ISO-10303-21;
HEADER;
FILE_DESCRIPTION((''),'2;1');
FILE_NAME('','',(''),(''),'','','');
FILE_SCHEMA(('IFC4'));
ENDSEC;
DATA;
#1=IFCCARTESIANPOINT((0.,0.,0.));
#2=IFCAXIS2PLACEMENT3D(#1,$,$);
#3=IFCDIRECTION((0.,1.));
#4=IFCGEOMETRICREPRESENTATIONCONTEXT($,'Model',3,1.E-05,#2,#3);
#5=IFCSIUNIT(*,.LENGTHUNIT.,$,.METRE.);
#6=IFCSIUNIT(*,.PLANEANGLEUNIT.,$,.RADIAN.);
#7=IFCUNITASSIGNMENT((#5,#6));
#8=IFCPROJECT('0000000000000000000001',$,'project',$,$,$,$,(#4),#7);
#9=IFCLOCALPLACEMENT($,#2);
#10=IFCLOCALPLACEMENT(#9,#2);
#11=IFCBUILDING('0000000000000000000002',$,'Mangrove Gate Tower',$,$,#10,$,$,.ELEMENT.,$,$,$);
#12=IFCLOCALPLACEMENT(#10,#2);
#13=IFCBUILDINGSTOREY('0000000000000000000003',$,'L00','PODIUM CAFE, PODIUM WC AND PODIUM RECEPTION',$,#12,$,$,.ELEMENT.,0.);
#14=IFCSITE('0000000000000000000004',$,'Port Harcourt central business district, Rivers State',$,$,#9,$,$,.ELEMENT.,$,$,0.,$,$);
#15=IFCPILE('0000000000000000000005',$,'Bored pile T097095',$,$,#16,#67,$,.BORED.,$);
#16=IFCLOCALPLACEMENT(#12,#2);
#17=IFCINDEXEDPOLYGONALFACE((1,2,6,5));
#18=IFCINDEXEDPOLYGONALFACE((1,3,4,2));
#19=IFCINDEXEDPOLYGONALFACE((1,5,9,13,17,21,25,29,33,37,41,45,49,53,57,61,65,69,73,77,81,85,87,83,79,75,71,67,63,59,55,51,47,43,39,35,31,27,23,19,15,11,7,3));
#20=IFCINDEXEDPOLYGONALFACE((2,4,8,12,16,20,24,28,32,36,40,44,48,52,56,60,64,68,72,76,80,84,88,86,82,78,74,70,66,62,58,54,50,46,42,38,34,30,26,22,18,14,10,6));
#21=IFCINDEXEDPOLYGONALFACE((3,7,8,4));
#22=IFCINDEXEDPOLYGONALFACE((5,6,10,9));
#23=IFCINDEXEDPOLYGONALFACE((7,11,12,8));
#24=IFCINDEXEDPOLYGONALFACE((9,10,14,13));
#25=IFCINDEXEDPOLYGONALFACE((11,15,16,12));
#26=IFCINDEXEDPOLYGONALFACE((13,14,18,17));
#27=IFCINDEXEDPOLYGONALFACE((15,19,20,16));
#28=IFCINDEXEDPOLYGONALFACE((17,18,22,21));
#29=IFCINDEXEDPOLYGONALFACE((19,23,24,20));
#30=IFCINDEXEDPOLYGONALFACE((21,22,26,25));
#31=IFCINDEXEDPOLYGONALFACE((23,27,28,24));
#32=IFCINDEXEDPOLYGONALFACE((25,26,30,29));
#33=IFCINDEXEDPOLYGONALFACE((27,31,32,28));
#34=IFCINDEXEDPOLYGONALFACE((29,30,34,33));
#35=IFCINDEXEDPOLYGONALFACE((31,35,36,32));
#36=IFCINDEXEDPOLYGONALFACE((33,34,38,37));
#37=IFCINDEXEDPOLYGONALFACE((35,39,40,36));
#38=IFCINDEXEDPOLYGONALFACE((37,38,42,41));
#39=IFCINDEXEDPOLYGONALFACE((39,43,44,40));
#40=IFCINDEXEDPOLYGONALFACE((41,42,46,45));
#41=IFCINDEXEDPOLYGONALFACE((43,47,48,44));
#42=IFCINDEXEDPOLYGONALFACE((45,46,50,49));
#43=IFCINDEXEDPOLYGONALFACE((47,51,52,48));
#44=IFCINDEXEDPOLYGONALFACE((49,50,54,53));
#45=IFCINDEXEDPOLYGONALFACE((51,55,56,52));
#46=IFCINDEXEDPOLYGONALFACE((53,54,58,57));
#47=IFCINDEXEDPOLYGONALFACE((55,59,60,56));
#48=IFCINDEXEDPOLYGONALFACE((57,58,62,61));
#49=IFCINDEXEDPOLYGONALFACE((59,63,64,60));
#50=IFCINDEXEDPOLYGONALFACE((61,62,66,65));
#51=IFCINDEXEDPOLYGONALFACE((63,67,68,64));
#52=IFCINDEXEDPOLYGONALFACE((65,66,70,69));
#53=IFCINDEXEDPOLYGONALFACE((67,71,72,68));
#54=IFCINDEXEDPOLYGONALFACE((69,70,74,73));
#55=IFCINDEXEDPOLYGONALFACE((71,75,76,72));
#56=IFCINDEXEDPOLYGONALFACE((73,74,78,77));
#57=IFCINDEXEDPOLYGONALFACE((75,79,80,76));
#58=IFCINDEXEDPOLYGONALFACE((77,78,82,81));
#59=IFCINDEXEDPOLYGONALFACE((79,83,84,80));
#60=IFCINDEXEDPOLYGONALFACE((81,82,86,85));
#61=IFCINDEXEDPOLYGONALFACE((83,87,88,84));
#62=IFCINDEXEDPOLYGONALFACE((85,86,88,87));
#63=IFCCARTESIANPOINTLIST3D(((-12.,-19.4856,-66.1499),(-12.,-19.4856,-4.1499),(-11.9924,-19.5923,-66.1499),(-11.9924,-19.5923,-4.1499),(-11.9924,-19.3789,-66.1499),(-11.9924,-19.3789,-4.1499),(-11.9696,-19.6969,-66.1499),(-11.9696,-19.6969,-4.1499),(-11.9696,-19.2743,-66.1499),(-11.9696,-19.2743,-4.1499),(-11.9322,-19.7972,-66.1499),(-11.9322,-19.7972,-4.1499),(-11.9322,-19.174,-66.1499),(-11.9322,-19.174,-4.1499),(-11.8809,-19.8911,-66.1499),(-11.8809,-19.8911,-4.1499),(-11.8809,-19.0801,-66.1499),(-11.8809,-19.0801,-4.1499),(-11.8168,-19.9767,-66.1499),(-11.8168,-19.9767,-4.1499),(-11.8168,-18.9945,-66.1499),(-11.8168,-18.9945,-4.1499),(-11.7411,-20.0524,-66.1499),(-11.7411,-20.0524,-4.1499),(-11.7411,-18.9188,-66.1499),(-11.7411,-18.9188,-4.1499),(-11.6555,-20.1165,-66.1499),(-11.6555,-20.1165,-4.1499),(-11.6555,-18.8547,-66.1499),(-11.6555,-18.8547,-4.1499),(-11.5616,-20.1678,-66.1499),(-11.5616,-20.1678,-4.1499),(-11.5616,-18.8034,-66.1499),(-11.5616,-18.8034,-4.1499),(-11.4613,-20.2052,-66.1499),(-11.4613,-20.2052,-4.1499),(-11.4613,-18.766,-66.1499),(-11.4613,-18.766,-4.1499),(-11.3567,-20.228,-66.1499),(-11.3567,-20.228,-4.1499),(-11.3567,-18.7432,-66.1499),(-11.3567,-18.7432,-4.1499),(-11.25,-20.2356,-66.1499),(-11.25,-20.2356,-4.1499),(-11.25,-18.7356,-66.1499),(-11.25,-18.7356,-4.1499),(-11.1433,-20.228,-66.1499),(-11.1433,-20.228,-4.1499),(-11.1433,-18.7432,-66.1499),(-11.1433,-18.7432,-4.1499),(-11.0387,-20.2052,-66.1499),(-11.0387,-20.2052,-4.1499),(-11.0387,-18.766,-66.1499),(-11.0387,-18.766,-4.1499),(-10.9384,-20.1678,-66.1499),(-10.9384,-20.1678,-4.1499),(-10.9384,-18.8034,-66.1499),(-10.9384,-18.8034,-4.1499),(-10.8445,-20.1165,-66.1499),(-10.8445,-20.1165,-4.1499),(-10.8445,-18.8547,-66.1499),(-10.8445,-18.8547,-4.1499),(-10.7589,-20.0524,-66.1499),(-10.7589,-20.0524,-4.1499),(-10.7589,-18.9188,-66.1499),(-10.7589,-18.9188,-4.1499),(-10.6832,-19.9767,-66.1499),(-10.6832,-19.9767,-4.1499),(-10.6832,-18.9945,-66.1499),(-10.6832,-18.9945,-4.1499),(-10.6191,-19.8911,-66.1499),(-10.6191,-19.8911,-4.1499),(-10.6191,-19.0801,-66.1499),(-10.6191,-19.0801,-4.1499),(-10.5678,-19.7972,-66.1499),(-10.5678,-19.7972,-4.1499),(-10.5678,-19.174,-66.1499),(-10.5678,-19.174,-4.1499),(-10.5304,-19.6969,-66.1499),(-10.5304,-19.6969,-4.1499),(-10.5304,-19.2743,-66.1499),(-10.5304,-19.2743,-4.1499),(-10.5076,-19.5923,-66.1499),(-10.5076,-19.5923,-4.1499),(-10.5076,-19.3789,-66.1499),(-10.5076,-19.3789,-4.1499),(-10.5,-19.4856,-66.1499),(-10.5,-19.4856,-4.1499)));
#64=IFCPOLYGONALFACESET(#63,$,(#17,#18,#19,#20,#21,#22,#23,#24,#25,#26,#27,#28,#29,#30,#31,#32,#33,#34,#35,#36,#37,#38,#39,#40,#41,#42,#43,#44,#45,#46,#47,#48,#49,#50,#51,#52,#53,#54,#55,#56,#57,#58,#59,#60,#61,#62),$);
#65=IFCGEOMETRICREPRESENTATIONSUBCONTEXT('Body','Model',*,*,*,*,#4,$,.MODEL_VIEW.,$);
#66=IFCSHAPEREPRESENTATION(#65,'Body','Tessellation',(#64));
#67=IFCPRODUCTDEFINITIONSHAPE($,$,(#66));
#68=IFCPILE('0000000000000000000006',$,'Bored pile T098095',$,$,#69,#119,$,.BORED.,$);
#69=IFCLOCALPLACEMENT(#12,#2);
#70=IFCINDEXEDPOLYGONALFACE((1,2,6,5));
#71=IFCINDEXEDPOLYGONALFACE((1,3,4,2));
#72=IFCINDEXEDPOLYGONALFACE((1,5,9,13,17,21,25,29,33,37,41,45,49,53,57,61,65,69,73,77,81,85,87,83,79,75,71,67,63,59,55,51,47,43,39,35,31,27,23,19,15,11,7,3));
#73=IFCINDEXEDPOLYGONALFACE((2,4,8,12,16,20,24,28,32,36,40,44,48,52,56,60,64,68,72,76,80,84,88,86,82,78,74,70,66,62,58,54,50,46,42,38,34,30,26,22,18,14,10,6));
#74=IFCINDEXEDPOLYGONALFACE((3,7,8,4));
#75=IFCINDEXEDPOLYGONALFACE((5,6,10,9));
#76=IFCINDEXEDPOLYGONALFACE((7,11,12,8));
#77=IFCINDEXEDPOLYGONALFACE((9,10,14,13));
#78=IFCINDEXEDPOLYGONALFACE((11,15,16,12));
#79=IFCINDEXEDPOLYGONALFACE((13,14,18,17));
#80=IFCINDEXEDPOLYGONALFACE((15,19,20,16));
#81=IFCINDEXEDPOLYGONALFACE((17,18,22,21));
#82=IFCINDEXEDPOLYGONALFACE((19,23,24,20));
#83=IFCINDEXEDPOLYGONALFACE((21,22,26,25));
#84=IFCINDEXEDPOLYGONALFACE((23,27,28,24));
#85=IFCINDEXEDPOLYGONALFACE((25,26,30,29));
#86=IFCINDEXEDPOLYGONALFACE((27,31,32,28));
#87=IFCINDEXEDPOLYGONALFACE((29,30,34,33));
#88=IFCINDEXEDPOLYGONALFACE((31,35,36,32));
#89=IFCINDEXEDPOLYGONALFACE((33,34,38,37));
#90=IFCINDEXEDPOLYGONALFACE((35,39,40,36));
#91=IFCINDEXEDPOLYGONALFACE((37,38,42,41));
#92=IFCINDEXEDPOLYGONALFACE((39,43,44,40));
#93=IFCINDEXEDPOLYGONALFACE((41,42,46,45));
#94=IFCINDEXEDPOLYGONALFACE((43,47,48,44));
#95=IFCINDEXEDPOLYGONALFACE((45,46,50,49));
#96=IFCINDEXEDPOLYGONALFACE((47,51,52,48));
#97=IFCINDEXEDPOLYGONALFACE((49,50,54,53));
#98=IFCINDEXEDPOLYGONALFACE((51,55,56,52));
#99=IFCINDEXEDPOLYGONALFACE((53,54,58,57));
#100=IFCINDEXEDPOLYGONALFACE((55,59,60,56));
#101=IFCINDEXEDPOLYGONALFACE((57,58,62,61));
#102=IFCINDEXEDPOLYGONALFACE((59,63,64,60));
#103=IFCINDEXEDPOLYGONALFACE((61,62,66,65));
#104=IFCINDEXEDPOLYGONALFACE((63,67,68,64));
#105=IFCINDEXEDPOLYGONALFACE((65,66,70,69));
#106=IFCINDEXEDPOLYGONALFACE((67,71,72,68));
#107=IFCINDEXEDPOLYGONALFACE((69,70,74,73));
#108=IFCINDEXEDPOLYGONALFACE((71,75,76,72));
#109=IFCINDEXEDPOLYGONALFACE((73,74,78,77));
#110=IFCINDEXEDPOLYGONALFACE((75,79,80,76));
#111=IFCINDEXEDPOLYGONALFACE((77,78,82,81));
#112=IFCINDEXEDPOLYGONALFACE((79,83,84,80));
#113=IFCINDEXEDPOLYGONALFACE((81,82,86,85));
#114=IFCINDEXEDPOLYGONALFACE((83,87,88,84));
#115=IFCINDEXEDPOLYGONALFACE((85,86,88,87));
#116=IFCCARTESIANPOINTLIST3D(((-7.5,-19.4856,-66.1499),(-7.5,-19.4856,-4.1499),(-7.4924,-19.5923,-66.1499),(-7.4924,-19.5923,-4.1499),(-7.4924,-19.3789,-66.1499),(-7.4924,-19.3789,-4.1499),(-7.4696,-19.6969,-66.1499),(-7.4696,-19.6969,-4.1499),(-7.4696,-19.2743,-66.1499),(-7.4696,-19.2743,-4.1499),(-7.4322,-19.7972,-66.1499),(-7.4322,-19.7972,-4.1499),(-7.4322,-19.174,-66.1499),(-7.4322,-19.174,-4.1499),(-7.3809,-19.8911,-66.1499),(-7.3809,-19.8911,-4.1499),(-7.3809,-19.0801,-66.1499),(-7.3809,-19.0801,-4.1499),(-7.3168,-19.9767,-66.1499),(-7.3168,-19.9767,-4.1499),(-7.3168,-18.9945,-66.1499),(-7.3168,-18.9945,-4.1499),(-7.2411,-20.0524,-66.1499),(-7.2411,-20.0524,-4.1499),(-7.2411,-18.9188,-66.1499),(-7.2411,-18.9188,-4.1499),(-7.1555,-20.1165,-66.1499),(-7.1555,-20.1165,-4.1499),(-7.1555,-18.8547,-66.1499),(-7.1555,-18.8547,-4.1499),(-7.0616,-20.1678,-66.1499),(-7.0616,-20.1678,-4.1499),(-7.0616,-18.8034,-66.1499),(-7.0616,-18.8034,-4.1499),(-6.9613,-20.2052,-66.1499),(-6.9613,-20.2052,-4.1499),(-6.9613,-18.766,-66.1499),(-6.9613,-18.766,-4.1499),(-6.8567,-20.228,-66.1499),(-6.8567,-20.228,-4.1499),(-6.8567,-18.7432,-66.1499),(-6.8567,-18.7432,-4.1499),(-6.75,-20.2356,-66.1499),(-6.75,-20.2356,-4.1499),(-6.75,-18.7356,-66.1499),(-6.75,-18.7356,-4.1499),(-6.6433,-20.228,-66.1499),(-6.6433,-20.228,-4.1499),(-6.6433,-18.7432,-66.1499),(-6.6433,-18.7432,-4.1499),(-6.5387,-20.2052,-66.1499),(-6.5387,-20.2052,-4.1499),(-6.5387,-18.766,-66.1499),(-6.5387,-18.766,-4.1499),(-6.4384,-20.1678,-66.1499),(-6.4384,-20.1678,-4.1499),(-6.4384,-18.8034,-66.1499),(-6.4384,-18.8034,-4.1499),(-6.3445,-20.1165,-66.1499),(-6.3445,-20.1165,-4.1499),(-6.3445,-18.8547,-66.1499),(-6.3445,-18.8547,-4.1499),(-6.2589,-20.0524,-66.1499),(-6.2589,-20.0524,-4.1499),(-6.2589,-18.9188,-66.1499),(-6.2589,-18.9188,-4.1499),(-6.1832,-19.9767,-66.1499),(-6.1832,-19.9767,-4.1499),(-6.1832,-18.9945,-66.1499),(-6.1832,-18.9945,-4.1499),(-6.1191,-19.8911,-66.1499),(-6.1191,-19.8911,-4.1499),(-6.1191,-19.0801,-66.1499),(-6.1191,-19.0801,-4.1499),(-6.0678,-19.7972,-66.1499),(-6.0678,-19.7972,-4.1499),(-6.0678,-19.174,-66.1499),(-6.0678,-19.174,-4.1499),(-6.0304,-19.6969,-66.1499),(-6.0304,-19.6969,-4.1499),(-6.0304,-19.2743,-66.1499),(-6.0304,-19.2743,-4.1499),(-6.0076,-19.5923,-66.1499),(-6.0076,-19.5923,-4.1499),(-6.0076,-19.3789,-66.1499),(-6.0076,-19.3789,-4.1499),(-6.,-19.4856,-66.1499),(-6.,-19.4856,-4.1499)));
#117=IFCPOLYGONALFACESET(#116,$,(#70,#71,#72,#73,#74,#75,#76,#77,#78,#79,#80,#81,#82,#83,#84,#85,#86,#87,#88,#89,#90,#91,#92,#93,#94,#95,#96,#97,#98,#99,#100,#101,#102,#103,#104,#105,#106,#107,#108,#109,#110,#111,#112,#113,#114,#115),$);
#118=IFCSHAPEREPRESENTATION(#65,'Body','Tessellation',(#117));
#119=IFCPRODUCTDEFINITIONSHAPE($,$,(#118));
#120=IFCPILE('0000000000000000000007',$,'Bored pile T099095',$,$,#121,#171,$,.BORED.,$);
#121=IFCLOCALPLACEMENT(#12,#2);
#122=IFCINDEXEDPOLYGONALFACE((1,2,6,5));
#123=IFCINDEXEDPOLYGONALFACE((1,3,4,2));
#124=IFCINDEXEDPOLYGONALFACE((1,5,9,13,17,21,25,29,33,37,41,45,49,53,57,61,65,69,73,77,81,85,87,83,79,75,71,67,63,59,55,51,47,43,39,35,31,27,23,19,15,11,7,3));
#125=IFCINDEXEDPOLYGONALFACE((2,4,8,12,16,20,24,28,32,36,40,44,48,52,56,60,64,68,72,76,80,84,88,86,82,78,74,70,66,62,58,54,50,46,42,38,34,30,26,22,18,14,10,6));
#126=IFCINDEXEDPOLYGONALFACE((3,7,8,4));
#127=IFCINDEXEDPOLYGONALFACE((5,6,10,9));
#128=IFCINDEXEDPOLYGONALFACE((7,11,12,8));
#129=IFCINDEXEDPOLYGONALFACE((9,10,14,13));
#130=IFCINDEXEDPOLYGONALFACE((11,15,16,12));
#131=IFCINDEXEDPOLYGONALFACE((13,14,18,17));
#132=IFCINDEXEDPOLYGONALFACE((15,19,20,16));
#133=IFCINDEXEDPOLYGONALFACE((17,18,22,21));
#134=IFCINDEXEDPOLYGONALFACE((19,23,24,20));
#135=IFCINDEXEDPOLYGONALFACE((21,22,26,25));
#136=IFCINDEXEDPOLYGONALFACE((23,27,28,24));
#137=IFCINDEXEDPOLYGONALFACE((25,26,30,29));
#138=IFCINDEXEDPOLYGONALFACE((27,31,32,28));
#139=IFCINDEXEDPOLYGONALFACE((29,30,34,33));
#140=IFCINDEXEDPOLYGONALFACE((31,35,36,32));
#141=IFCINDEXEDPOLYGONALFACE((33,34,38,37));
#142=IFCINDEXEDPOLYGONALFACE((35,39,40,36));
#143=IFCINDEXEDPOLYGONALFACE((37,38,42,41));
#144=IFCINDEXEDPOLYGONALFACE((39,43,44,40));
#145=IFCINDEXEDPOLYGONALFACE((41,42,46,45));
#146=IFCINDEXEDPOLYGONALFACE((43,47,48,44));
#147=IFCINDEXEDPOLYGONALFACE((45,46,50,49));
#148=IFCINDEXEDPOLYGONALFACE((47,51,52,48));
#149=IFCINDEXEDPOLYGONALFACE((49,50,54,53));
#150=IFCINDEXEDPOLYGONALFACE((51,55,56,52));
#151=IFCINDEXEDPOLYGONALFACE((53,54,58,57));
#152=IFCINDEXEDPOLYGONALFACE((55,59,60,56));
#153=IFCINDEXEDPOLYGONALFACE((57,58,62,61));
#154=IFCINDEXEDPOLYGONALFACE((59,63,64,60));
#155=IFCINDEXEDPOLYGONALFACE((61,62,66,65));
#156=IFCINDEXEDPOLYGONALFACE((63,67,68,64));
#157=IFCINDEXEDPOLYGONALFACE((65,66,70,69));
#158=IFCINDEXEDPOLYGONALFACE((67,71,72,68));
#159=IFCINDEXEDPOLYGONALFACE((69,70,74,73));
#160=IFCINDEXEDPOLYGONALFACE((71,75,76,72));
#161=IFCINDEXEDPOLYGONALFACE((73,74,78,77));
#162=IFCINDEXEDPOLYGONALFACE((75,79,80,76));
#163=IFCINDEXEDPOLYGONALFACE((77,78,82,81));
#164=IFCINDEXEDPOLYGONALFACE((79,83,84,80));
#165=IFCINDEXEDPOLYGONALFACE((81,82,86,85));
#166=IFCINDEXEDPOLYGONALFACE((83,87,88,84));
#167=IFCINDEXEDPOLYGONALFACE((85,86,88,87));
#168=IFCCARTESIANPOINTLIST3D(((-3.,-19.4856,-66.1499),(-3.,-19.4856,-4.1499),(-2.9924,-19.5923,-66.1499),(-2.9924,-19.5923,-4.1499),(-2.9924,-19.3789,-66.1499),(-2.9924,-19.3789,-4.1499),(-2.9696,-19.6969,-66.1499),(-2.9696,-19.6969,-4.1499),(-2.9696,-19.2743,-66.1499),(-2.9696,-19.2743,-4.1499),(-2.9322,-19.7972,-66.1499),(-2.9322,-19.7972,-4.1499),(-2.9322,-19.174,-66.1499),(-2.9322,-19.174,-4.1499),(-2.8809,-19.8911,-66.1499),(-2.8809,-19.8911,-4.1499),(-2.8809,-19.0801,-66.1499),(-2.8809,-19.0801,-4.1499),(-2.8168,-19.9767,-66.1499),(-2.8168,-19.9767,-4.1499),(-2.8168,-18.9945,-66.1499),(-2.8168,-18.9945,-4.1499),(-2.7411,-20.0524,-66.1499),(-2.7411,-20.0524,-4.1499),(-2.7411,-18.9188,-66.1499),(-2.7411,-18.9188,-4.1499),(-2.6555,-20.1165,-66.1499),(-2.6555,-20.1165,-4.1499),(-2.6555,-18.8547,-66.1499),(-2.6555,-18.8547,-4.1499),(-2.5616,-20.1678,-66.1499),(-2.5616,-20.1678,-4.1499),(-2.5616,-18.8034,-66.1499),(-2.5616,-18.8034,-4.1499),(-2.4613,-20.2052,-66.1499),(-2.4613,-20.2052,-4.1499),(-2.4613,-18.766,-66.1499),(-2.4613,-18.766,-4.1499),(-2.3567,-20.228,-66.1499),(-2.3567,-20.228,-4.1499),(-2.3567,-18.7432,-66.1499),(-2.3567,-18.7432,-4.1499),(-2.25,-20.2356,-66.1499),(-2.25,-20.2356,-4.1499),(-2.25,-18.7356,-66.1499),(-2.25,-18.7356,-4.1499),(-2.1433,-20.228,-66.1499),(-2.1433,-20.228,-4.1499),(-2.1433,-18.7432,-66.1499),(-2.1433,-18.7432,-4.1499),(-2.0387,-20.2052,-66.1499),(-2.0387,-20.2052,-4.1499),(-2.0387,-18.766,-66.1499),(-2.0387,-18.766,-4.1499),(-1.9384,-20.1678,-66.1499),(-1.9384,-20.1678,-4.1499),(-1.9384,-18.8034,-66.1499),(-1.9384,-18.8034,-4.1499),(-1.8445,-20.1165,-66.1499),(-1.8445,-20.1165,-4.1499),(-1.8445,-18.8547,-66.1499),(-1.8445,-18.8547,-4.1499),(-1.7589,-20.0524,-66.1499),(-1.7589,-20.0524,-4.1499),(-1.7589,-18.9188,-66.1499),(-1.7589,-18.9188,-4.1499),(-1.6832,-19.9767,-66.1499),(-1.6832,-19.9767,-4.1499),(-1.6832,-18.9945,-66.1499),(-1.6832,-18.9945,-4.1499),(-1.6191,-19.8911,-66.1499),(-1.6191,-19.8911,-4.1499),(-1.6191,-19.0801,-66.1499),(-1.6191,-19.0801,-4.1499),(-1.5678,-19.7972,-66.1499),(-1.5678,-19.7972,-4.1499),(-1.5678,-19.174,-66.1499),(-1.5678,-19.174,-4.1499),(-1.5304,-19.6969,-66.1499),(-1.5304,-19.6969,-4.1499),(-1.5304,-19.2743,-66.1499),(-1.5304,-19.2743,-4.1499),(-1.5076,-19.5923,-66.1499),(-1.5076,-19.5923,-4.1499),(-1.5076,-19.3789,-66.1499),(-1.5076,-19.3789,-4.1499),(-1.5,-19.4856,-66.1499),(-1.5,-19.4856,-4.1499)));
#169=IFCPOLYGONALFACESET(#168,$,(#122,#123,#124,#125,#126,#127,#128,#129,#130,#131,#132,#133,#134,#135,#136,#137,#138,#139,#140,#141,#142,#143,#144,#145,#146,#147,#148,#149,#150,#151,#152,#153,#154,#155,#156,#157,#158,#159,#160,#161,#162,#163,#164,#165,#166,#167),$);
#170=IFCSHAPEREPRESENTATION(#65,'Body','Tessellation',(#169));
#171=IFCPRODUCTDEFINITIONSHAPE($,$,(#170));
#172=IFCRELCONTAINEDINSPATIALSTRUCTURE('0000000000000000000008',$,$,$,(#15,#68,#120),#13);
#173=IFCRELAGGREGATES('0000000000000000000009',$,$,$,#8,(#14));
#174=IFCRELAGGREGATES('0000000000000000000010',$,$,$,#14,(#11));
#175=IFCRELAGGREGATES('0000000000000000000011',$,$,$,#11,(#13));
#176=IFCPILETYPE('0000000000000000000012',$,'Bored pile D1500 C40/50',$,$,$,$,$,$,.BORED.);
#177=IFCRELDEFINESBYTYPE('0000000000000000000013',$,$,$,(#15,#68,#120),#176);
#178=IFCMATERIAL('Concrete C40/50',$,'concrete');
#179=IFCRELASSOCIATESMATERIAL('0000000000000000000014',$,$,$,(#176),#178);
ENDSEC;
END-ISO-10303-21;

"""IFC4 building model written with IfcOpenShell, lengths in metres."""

from ifc_helpers import new_model, si_unit, direction, frame, origin, origin_2d, place, context, subcontext, project, spatial, circle, extrude, material, material_profile, profile_set, type_object, element, save


model = new_model("IFC4")

# Units and contexts
model_context = context("Model", 3, precision=1e-05, world=origin(), true_north=direction((0.0, 1.0)))
body_context = subcontext(model_context, "Body", "Model", "MODEL_VIEW")
ifc_project = project(units=[si_unit("LENGTHUNIT", "METRE"), si_unit("PLANEANGLEUNIT", "RADIAN")], contexts=[model_context])

# Site, building, storey
site_placement = place(None, origin())
site = spatial("IfcSite", under=ifc_project, at=site_placement, Name="Port Harcourt central business district, Rivers State", CompositionType="ELEMENT", RefElevation=0.0)
building_placement = place(site_placement, origin())
building = spatial("IfcBuilding", under=site, at=building_placement, Name="Mangrove Gate Tower", CompositionType="ELEMENT")
storey_placement = place(building_placement, origin())
storey = spatial("IfcBuildingStorey", under=building, at=storey_placement, Name="L00", Description="PODIUM CAFE, PODIUM WC AND PODIUM RECEPTION", CompositionType="ELEMENT", Elevation=0.0)

# Piles
ifc_material_1 = material(Name="Concrete C40/50", Category="concrete")
ifc_material_profile_1 = material_profile(ifc_material_1, circle(Radius=0.75, at=origin_2d()))
ifc_profile_set_1 = profile_set([ifc_material_profile_1], Name="Concrete C40/50")
pile_type = type_object("IfcPileType", Name="Bored pile D1500 C40/50", PredefinedType="BORED", material=ifc_profile_set_1)
for number, where, z_axis, x_axis, name in (
    (1, (-11.25, -19.4856, -4.1499), (0.0, 0.0, -1.0), (1.0, 0.0, 0.0), "Bored pile T097095"),
    (2, (-6.75, -19.4856, -4.1499), (0.0, 0.0, -1.0), (1.0, 0.0, 0.0), "Bored pile T098095"),
    (3, (-2.25, -19.4856, -4.1499), (0.0, 0.0, -1.0), (1.0, 0.0, 0.0), "Bored pile T099095"),
):
    element("IfcPile", number, at=place(storey_placement, frame(where, z_axis=z_axis, x_axis=x_axis)), inside=storey, type_object=pile_type, Name=name, PredefinedType="BORED", context=body_context, shape_type="SweptSolid", body=[
        extrude(circle(Radius=0.75, at=origin_2d()), origin(), (0.0, 0.0, 1.0), 62.0),
    ])

save(model, "model.ifc")
